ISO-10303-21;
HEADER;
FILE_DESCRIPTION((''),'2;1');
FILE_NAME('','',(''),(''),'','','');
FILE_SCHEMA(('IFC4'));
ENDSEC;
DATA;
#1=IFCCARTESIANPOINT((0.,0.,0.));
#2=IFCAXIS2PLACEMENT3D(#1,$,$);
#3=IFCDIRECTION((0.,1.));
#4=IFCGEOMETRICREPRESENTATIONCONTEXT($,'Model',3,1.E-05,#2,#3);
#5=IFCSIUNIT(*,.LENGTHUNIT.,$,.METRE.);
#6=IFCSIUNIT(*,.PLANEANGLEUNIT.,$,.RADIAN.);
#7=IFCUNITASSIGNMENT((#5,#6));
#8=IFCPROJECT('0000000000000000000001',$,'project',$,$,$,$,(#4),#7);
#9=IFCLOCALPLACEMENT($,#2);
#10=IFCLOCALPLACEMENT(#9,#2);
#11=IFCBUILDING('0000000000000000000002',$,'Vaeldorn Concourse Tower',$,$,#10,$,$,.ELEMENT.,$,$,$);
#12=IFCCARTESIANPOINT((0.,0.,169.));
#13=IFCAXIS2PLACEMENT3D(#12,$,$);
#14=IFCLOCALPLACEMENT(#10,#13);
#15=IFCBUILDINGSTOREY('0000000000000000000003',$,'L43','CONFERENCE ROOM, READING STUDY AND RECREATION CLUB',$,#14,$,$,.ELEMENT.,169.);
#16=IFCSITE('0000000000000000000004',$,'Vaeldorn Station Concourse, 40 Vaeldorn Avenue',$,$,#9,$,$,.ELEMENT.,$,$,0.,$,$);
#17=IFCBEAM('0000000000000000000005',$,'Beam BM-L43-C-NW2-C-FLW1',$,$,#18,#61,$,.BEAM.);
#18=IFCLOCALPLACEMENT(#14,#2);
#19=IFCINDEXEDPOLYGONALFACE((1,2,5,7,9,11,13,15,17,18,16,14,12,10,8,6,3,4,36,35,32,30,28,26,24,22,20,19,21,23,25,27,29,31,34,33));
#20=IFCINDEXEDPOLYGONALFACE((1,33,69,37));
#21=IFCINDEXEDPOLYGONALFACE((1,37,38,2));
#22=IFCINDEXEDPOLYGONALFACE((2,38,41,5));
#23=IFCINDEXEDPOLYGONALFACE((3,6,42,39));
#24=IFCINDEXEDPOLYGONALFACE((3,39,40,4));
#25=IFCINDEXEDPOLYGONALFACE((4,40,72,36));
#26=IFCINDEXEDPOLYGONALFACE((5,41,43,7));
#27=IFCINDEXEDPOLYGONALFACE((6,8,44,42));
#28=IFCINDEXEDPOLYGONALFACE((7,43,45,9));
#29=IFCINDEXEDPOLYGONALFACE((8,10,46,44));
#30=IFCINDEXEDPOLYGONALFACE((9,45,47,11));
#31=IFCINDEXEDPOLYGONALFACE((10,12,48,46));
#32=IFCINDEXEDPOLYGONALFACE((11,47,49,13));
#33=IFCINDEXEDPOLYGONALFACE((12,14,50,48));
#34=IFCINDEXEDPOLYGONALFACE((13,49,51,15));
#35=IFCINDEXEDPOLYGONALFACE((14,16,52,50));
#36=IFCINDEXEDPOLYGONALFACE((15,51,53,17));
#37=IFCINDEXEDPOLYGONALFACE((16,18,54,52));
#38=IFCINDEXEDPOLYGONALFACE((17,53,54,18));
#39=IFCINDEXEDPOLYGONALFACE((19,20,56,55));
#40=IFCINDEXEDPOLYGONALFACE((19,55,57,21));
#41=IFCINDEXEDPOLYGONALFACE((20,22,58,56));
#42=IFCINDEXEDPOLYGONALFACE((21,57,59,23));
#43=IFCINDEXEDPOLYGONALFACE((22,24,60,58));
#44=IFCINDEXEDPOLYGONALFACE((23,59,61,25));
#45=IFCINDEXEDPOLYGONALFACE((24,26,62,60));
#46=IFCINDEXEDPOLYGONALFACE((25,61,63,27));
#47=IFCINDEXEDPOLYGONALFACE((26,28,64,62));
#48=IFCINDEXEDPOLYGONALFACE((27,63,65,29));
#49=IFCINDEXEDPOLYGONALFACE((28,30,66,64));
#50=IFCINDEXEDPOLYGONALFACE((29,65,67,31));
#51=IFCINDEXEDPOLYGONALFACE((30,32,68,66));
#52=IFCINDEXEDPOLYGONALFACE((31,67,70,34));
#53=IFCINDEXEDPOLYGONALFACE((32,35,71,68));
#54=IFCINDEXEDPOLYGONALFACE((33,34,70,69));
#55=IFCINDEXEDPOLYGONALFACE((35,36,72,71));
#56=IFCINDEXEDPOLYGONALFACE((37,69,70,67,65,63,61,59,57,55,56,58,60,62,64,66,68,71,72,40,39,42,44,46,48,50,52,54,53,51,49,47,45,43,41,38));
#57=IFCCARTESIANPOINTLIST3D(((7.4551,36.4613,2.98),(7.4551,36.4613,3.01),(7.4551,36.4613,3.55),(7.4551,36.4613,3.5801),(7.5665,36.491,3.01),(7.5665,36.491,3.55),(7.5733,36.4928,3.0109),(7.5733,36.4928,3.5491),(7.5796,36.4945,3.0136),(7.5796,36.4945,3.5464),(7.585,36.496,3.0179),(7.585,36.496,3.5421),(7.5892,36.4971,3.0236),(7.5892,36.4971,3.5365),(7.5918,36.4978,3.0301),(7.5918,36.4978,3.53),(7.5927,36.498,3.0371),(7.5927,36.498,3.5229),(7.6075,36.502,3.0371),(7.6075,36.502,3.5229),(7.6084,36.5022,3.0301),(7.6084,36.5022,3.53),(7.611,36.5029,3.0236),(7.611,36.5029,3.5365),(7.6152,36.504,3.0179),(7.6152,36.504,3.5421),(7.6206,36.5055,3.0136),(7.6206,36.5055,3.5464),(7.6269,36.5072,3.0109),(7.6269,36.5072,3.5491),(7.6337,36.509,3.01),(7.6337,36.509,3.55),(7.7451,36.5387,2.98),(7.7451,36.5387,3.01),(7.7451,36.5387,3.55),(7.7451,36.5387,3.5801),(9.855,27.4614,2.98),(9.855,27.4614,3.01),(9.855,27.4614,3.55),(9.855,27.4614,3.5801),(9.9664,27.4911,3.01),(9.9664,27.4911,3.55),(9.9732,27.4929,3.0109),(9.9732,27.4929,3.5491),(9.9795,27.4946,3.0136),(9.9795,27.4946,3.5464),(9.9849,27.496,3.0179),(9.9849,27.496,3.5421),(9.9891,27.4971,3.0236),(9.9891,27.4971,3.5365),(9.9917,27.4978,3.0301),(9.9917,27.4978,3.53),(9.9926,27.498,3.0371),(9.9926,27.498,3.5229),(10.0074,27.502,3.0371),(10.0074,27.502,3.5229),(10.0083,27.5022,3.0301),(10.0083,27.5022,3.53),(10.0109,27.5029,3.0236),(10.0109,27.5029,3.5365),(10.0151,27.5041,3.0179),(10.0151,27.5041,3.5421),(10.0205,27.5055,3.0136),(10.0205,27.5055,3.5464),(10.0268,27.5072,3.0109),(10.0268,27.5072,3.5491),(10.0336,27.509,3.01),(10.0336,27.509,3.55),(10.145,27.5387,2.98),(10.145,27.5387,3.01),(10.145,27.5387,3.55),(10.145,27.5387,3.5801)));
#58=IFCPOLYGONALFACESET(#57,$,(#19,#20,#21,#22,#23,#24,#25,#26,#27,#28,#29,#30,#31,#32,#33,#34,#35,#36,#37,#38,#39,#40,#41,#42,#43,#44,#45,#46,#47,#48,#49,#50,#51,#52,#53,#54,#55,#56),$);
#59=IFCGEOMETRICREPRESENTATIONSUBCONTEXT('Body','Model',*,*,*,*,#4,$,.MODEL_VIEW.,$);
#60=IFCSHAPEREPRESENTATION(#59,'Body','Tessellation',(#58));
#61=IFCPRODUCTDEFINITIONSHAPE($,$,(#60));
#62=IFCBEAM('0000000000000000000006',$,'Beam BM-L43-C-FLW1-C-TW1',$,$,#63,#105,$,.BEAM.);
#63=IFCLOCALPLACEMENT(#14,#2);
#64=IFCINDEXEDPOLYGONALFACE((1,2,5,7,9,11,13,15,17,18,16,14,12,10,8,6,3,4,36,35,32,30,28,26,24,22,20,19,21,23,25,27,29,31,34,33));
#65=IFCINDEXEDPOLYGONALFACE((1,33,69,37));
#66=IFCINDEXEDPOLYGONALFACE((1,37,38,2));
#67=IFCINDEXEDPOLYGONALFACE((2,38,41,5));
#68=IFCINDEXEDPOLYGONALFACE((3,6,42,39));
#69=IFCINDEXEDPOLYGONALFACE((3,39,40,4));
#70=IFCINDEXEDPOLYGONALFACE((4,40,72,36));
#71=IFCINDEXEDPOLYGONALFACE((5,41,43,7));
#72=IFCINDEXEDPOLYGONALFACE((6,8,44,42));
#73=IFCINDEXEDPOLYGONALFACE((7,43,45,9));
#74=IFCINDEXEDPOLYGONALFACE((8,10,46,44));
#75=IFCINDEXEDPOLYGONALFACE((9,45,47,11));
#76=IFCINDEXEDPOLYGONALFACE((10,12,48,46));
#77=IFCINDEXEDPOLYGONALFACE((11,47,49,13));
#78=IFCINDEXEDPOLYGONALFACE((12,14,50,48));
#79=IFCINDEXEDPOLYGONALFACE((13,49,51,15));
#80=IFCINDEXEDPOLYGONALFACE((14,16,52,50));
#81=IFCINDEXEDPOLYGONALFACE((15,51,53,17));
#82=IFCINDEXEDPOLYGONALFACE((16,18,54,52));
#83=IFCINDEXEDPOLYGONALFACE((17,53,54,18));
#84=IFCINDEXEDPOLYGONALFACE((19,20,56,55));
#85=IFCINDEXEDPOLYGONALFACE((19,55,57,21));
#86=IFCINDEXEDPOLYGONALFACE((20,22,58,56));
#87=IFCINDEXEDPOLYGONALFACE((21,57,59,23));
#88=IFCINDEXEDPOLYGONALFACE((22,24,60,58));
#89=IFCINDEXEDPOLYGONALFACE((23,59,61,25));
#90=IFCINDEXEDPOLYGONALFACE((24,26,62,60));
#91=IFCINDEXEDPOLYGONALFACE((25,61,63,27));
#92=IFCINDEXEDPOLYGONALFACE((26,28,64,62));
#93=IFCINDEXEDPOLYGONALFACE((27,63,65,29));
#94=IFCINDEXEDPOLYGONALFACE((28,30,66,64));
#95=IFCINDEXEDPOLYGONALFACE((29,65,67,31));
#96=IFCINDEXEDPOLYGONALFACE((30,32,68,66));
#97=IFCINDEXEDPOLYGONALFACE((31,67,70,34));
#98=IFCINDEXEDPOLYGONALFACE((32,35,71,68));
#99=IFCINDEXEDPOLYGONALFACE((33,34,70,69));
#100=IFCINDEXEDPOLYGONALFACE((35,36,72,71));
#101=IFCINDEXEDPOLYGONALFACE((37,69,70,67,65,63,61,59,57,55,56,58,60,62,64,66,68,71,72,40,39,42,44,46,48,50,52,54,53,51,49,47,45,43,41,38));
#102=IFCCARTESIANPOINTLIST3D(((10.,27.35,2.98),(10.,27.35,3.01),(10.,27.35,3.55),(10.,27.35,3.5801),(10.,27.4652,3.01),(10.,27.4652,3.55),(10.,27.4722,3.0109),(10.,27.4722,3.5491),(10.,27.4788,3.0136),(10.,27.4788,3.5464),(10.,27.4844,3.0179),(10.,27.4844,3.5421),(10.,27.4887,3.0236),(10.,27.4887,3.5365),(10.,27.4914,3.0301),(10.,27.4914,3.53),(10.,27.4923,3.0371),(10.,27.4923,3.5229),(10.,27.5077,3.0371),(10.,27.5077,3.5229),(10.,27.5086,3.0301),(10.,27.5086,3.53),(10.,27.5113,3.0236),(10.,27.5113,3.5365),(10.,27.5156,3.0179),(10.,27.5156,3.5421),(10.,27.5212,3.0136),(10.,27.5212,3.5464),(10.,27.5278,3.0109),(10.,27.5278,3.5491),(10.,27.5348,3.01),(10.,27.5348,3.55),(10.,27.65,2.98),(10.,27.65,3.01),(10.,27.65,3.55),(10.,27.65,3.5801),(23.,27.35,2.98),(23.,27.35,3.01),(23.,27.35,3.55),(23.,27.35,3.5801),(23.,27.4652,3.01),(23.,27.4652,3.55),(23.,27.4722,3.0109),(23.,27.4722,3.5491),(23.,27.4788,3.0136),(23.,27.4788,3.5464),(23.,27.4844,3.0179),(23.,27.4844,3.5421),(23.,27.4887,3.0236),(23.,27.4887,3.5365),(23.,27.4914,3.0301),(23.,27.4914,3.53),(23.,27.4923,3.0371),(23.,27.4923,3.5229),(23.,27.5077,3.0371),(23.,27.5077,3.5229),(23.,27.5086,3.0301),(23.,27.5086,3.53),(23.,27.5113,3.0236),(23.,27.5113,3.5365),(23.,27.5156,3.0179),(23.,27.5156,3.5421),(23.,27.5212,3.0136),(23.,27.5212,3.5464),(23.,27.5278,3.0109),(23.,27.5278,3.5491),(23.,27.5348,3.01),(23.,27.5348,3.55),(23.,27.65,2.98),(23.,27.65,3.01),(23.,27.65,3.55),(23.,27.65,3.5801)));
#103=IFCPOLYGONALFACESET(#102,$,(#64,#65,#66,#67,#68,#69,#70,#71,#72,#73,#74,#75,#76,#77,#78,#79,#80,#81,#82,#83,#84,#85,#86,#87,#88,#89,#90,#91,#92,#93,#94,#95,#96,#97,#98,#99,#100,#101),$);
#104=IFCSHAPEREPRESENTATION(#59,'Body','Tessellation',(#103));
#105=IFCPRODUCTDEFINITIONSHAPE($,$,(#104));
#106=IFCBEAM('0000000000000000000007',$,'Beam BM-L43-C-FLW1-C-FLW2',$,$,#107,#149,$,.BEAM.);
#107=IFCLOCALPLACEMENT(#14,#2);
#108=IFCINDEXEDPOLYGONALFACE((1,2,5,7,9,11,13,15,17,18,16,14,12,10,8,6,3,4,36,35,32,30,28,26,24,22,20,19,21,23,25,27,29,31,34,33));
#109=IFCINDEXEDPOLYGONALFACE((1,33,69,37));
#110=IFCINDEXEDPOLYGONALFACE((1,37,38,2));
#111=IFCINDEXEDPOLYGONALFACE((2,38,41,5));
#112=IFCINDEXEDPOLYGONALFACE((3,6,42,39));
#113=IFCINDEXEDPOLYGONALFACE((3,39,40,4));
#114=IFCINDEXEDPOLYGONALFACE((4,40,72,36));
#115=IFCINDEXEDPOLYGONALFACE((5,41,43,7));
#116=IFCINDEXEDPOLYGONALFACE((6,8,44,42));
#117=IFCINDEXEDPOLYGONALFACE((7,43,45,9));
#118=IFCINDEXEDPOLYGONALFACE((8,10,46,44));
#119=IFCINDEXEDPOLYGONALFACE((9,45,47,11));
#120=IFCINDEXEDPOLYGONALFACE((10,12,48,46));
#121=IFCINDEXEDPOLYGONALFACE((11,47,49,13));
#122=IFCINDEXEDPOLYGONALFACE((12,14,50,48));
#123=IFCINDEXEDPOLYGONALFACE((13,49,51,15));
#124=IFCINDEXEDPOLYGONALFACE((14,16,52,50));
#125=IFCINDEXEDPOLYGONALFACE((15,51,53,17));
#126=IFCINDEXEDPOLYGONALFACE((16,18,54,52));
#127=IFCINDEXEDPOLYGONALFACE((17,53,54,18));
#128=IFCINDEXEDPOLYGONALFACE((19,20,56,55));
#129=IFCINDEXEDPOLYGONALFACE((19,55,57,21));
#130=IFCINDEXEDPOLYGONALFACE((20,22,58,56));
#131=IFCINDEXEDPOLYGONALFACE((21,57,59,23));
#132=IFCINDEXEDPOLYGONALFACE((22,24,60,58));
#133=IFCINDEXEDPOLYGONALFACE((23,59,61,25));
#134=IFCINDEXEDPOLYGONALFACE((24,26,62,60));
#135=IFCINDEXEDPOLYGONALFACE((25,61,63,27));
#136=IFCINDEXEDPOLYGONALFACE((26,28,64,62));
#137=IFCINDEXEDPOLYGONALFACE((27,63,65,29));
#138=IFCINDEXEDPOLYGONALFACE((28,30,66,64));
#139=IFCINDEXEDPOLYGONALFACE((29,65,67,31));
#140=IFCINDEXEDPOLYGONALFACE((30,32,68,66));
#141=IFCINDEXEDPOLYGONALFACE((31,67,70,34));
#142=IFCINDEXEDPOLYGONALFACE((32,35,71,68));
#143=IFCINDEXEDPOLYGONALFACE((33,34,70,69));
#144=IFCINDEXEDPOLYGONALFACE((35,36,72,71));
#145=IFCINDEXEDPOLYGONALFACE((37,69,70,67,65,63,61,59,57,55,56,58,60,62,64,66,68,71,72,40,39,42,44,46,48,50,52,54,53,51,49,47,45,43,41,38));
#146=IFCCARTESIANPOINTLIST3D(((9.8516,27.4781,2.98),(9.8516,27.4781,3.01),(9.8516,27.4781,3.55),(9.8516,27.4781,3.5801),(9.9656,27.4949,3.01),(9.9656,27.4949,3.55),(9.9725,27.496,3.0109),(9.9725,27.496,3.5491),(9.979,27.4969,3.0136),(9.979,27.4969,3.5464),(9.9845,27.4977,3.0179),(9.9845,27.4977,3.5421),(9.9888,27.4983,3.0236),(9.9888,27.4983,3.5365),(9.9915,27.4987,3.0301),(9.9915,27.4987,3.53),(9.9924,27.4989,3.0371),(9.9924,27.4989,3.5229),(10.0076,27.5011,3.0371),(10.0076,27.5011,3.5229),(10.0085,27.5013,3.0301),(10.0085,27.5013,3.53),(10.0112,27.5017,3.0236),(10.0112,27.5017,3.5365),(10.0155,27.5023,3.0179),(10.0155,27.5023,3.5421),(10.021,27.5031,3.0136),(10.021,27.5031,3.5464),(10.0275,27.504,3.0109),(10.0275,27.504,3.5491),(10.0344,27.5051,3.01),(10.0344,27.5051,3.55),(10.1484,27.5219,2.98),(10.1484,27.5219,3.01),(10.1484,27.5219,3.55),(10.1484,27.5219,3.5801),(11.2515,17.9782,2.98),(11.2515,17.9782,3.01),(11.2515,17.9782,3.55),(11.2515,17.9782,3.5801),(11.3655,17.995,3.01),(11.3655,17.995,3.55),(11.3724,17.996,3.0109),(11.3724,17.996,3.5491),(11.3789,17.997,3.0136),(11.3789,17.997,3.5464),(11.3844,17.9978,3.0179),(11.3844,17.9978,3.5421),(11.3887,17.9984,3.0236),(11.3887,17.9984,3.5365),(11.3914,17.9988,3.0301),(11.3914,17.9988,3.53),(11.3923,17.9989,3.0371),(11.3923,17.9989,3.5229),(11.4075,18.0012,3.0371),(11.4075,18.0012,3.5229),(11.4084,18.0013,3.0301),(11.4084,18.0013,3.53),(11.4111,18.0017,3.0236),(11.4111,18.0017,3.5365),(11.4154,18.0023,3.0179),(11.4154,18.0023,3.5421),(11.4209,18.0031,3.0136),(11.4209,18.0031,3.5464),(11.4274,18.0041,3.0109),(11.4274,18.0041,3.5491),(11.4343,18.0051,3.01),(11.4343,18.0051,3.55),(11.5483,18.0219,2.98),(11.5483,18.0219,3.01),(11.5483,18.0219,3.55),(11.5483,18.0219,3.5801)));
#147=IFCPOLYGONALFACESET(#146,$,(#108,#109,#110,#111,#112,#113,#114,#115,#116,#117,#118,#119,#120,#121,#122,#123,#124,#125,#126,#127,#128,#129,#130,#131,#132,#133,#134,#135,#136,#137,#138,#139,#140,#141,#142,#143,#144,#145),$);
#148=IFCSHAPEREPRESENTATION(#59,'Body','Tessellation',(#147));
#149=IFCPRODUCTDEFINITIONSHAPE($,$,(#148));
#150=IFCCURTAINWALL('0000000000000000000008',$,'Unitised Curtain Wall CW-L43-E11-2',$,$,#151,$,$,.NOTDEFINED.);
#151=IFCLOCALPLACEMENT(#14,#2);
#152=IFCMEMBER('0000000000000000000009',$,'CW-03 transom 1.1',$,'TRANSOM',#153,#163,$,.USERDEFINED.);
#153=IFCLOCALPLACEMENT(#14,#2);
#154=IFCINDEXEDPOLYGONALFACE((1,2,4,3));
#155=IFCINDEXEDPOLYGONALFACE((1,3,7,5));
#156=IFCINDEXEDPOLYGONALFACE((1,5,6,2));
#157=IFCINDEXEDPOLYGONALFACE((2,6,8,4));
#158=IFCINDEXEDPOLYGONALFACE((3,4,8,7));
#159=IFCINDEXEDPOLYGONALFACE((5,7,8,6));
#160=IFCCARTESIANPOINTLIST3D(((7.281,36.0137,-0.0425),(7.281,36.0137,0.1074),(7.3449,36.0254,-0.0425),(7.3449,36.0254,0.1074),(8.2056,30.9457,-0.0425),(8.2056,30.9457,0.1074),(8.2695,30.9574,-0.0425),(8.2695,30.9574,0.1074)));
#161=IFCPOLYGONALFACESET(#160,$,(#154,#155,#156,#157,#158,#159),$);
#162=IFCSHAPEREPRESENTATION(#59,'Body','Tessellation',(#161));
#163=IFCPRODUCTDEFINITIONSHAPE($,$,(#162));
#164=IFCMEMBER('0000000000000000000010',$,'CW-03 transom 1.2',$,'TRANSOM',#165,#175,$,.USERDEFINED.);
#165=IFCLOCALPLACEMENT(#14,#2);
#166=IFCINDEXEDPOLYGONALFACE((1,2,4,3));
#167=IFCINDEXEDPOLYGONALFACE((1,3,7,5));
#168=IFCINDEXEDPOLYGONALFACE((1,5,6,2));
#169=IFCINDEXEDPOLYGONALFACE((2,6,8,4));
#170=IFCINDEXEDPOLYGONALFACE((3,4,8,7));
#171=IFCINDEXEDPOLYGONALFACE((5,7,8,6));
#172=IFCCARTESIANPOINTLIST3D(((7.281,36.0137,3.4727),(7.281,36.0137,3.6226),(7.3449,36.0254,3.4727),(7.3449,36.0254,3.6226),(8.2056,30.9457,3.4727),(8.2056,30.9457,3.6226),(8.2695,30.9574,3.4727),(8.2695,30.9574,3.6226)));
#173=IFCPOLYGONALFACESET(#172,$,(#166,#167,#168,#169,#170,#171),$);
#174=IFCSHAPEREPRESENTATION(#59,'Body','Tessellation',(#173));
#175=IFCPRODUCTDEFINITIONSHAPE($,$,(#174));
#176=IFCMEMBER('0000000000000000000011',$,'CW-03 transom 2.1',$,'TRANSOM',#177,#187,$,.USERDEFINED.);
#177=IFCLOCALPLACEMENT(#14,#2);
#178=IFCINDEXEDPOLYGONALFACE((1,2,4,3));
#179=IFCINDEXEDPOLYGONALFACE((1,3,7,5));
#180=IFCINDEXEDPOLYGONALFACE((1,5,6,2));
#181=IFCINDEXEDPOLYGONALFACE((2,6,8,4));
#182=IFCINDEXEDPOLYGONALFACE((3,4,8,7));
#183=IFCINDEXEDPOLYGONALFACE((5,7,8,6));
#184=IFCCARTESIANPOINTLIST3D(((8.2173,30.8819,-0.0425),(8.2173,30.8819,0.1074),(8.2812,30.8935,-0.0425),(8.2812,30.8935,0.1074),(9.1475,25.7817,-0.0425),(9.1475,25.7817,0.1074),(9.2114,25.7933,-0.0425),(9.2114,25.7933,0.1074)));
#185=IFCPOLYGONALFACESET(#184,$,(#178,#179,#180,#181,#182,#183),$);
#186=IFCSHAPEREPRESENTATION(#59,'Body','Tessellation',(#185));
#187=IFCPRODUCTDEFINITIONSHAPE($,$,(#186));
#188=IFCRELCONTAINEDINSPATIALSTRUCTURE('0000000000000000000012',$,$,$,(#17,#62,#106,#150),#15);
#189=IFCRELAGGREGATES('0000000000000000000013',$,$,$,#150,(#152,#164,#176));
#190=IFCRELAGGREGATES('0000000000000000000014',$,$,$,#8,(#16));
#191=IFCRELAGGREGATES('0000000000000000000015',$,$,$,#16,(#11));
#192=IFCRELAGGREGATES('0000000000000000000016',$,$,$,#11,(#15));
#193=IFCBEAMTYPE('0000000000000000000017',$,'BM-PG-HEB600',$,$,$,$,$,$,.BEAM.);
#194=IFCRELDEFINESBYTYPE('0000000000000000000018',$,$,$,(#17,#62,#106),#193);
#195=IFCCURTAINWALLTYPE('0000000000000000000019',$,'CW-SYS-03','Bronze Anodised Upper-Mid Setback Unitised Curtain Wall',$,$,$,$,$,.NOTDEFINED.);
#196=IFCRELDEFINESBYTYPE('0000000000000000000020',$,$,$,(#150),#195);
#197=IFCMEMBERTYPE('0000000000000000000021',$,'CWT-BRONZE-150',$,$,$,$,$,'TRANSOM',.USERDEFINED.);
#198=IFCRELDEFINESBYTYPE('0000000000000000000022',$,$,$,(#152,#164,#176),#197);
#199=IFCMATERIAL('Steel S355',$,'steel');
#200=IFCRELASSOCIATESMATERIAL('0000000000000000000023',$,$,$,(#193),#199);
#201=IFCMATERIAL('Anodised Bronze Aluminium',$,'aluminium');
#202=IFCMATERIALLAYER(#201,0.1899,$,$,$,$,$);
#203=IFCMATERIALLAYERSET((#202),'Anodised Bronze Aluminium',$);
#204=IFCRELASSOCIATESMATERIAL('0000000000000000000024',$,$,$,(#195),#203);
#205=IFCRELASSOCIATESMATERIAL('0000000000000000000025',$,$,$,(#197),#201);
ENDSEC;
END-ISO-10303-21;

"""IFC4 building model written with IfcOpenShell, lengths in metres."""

from ifc_helpers import new_model, si_unit, direction, frame, origin, origin_2d, place, context, subcontext, project, spatial, rectangle, i_section, extrude, source, transform, mapped, material, layer, layer_set, material_profile, profile_set, type_object, element, aggregate, save


model = new_model("IFC4")

# Units and contexts
model_context = context("Model", 3, precision=1e-05, world=origin(), true_north=direction((0.0, 1.0)))
body_context = subcontext(model_context, "Body", "Model", "MODEL_VIEW")
ifc_project = project(units=[si_unit("LENGTHUNIT", "METRE"), si_unit("PLANEANGLEUNIT", "RADIAN")], contexts=[model_context])

# Site, building, storey
site_placement = place(None, origin())
site = spatial("IfcSite", under=ifc_project, at=site_placement, Name="Vaeldorn Station Concourse, 40 Vaeldorn Avenue", CompositionType="ELEMENT", RefElevation=0.0)
building_placement = place(site_placement, origin())
building = spatial("IfcBuilding", under=site, at=building_placement, Name="Vaeldorn Concourse Tower", CompositionType="ELEMENT")
storey_placement = place(building_placement, frame((0.0, 0.0, 169.0)))
storey = spatial("IfcBuildingStorey", under=building, at=storey_placement, Name="L43", Description="CONFERENCE ROOM, READING STUDY AND RECREATION CLUB", CompositionType="ELEMENT", Elevation=169.0)

# Beams
ifc_material_1 = material(Name="Steel S355", Category="steel")
ifc_material_profile_1 = material_profile(ifc_material_1, i_section(OverallWidth=0.3, OverallDepth=0.6001, WebThickness=0.0154, FlangeThickness=0.03, FilletRadius=0.0271, at=origin_2d()), Name="HEB 600")
ifc_profile_set_1 = profile_set([ifc_material_profile_1], Name="Steel S355")
beam_type_1 = type_object("IfcBeamType", Name="BM-PG-HEB600", PredefinedType="BEAM", material=ifc_profile_set_1)
shared_shape_1 = source(origin(), body_context, "Body", "SweptSolid", [
    extrude(i_section(OverallWidth=0.3, OverallDepth=0.6001, WebThickness=0.0154, FlangeThickness=0.03, FilletRadius=0.0271, at=origin_2d()), origin(), (0.0, 0.0, 1.0), 9.3145),
])
beam_1_placement = place(storey_placement, frame((7.6001, 36.5, 3.28), z_axis=(0.257653, -0.966238, 0.0), x_axis=(0.966238, 0.257653, 0.0)))
element("IfcBeam", 1, at=beam_1_placement, inside=storey, type_object=beam_type_1, Name="Beam BM-L43-C-NW2-C-FLW1", PredefinedType="BEAM", context=body_context, shape_type="MappedRepresentation", body=[
    mapped(shared_shape_1, transform((0.0, 0.0, 0.0), scale=1.0)),
])
shared_shape_2 = source(origin(), body_context, "Body", "SweptSolid", [
    extrude(i_section(OverallWidth=0.3, OverallDepth=0.6001, WebThickness=0.0154, FlangeThickness=0.03, FilletRadius=0.0271, at=origin_2d()), origin(), (0.0, 0.0, 1.0), 13.0),
])
beam_2_placement = place(storey_placement, frame((10.0, 27.5, 3.28), z_axis=(1.0, 0.0, 0.0), x_axis=(0.0, 1.0, 0.0)))
element("IfcBeam", 2, at=beam_2_placement, inside=storey, type_object=beam_type_1, Name="Beam BM-L43-C-FLW1-C-TW1", PredefinedType="BEAM", context=body_context, shape_type="MappedRepresentation", body=[
    mapped(shared_shape_2, transform((0.0, 0.0, 0.0), scale=1.0)),
])
shared_shape_3 = source(origin(), body_context, "Body", "SweptSolid", [
    extrude(i_section(OverallWidth=0.3, OverallDepth=0.6001, WebThickness=0.0154, FlangeThickness=0.03, FilletRadius=0.0271, at=origin_2d()), origin(), (0.0, 0.0, 1.0), 9.6025),
])
beam_3_placement = place(storey_placement, frame((10.0, 27.5, 3.28), z_axis=(0.145784, -0.989316, 0.0), x_axis=(0.989316, 0.145784, 0.0)))
element("IfcBeam", 3, at=beam_3_placement, inside=storey, type_object=beam_type_1, Name="Beam BM-L43-C-FLW1-C-FLW2", PredefinedType="BEAM", context=body_context, shape_type="MappedRepresentation", body=[
    mapped(shared_shape_3, transform((0.0, 0.0, 0.0), scale=1.0)),
])

# Curtain wall, members
ifc_material_2 = material(Name="Anodised Bronze Aluminium", Category="aluminium")
ifc_layer_1 = layer(ifc_material_2, 0.1899)
ifc_layer_set_1 = layer_set([ifc_layer_1], Name="Anodised Bronze Aluminium")
curtain_wall_type = type_object("IfcCurtainWallType", Name="CW-SYS-03", Description="Bronze Anodised Upper-Mid Setback Unitised Curtain Wall", PredefinedType="NOTDEFINED", material=ifc_layer_set_1)
curtain_wall_1_placement = place(storey_placement, origin())
curtain_wall_1 = element("IfcCurtainWall", 4, at=curtain_wall_1_placement, inside=storey, type_object=curtain_wall_type, Name="Unitised Curtain Wall CW-L43-E11-2", PredefinedType="NOTDEFINED")
ifc_material_profile_2 = material_profile(ifc_material_2, rectangle(XDim=0.0649, YDim=0.1499, at=origin_2d()), Name="CWT 65x150")
ifc_profile_set_2 = profile_set([ifc_material_profile_2], Name="Anodised Bronze Aluminium")
member_type_1 = type_object("IfcMemberType", Name="CWT-BRONZE-150", ElementType="TRANSOM", PredefinedType="USERDEFINED", material=ifc_profile_set_2)
shared_shape_4 = source(origin(), body_context, "Body", "SweptSolid", [
    extrude(rectangle(XDim=0.0649, YDim=0.1499, at=origin_2d()), origin(), (0.0, 0.0, 1.0), 5.1516),
])
member_1_placement = place(storey_placement, frame((7.313, 36.0195, 0.0325), z_axis=(0.179473, -0.983763, 0.0), x_axis=(0.983763, 0.179473, 0.0)))
member_1 = element("IfcMember", 5, at=member_1_placement, type_object=member_type_1, Name="CW-03 transom 1.1", ObjectType="TRANSOM", PredefinedType="USERDEFINED", context=body_context, shape_type="MappedRepresentation", body=[
    mapped(shared_shape_4, transform((0.0, 0.0, 0.0), scale=1.0)),
])
member_2_placement = place(storey_placement, frame((7.313, 36.0195, 3.5476), z_axis=(0.179473, -0.983763, 0.0), x_axis=(0.983763, 0.179473, 0.0)))
member_2 = element("IfcMember", 6, at=member_2_placement, type_object=member_type_1, Name="CW-03 transom 1.2", ObjectType="TRANSOM", PredefinedType="USERDEFINED", context=body_context, shape_type="MappedRepresentation", body=[
    mapped(shared_shape_4, transform((0.0, 0.0, 0.0), scale=1.0)),
])
shared_shape_5 = source(origin(), body_context, "Body", "SweptSolid", [
    extrude(rectangle(XDim=0.0649, YDim=0.1499, at=origin_2d()), origin(), (0.0, 0.0, 1.0), 5.1843),
])
member_3_placement = place(storey_placement, frame((8.2493, 30.8877, 0.0325), z_axis=(0.179424, -0.983772, 0.0), x_axis=(0.983772, 0.179424, 0.0)))
member_3 = element("IfcMember", 7, at=member_3_placement, type_object=member_type_1, Name="CW-03 transom 2.1", ObjectType="TRANSOM", PredefinedType="USERDEFINED", context=body_context, shape_type="MappedRepresentation", body=[
    mapped(shared_shape_5, transform((0.0, 0.0, 0.0), scale=1.0)),
])

aggregate(curtain_wall_1, [member_1, member_2, member_3])

save(model, "model.ifc")
